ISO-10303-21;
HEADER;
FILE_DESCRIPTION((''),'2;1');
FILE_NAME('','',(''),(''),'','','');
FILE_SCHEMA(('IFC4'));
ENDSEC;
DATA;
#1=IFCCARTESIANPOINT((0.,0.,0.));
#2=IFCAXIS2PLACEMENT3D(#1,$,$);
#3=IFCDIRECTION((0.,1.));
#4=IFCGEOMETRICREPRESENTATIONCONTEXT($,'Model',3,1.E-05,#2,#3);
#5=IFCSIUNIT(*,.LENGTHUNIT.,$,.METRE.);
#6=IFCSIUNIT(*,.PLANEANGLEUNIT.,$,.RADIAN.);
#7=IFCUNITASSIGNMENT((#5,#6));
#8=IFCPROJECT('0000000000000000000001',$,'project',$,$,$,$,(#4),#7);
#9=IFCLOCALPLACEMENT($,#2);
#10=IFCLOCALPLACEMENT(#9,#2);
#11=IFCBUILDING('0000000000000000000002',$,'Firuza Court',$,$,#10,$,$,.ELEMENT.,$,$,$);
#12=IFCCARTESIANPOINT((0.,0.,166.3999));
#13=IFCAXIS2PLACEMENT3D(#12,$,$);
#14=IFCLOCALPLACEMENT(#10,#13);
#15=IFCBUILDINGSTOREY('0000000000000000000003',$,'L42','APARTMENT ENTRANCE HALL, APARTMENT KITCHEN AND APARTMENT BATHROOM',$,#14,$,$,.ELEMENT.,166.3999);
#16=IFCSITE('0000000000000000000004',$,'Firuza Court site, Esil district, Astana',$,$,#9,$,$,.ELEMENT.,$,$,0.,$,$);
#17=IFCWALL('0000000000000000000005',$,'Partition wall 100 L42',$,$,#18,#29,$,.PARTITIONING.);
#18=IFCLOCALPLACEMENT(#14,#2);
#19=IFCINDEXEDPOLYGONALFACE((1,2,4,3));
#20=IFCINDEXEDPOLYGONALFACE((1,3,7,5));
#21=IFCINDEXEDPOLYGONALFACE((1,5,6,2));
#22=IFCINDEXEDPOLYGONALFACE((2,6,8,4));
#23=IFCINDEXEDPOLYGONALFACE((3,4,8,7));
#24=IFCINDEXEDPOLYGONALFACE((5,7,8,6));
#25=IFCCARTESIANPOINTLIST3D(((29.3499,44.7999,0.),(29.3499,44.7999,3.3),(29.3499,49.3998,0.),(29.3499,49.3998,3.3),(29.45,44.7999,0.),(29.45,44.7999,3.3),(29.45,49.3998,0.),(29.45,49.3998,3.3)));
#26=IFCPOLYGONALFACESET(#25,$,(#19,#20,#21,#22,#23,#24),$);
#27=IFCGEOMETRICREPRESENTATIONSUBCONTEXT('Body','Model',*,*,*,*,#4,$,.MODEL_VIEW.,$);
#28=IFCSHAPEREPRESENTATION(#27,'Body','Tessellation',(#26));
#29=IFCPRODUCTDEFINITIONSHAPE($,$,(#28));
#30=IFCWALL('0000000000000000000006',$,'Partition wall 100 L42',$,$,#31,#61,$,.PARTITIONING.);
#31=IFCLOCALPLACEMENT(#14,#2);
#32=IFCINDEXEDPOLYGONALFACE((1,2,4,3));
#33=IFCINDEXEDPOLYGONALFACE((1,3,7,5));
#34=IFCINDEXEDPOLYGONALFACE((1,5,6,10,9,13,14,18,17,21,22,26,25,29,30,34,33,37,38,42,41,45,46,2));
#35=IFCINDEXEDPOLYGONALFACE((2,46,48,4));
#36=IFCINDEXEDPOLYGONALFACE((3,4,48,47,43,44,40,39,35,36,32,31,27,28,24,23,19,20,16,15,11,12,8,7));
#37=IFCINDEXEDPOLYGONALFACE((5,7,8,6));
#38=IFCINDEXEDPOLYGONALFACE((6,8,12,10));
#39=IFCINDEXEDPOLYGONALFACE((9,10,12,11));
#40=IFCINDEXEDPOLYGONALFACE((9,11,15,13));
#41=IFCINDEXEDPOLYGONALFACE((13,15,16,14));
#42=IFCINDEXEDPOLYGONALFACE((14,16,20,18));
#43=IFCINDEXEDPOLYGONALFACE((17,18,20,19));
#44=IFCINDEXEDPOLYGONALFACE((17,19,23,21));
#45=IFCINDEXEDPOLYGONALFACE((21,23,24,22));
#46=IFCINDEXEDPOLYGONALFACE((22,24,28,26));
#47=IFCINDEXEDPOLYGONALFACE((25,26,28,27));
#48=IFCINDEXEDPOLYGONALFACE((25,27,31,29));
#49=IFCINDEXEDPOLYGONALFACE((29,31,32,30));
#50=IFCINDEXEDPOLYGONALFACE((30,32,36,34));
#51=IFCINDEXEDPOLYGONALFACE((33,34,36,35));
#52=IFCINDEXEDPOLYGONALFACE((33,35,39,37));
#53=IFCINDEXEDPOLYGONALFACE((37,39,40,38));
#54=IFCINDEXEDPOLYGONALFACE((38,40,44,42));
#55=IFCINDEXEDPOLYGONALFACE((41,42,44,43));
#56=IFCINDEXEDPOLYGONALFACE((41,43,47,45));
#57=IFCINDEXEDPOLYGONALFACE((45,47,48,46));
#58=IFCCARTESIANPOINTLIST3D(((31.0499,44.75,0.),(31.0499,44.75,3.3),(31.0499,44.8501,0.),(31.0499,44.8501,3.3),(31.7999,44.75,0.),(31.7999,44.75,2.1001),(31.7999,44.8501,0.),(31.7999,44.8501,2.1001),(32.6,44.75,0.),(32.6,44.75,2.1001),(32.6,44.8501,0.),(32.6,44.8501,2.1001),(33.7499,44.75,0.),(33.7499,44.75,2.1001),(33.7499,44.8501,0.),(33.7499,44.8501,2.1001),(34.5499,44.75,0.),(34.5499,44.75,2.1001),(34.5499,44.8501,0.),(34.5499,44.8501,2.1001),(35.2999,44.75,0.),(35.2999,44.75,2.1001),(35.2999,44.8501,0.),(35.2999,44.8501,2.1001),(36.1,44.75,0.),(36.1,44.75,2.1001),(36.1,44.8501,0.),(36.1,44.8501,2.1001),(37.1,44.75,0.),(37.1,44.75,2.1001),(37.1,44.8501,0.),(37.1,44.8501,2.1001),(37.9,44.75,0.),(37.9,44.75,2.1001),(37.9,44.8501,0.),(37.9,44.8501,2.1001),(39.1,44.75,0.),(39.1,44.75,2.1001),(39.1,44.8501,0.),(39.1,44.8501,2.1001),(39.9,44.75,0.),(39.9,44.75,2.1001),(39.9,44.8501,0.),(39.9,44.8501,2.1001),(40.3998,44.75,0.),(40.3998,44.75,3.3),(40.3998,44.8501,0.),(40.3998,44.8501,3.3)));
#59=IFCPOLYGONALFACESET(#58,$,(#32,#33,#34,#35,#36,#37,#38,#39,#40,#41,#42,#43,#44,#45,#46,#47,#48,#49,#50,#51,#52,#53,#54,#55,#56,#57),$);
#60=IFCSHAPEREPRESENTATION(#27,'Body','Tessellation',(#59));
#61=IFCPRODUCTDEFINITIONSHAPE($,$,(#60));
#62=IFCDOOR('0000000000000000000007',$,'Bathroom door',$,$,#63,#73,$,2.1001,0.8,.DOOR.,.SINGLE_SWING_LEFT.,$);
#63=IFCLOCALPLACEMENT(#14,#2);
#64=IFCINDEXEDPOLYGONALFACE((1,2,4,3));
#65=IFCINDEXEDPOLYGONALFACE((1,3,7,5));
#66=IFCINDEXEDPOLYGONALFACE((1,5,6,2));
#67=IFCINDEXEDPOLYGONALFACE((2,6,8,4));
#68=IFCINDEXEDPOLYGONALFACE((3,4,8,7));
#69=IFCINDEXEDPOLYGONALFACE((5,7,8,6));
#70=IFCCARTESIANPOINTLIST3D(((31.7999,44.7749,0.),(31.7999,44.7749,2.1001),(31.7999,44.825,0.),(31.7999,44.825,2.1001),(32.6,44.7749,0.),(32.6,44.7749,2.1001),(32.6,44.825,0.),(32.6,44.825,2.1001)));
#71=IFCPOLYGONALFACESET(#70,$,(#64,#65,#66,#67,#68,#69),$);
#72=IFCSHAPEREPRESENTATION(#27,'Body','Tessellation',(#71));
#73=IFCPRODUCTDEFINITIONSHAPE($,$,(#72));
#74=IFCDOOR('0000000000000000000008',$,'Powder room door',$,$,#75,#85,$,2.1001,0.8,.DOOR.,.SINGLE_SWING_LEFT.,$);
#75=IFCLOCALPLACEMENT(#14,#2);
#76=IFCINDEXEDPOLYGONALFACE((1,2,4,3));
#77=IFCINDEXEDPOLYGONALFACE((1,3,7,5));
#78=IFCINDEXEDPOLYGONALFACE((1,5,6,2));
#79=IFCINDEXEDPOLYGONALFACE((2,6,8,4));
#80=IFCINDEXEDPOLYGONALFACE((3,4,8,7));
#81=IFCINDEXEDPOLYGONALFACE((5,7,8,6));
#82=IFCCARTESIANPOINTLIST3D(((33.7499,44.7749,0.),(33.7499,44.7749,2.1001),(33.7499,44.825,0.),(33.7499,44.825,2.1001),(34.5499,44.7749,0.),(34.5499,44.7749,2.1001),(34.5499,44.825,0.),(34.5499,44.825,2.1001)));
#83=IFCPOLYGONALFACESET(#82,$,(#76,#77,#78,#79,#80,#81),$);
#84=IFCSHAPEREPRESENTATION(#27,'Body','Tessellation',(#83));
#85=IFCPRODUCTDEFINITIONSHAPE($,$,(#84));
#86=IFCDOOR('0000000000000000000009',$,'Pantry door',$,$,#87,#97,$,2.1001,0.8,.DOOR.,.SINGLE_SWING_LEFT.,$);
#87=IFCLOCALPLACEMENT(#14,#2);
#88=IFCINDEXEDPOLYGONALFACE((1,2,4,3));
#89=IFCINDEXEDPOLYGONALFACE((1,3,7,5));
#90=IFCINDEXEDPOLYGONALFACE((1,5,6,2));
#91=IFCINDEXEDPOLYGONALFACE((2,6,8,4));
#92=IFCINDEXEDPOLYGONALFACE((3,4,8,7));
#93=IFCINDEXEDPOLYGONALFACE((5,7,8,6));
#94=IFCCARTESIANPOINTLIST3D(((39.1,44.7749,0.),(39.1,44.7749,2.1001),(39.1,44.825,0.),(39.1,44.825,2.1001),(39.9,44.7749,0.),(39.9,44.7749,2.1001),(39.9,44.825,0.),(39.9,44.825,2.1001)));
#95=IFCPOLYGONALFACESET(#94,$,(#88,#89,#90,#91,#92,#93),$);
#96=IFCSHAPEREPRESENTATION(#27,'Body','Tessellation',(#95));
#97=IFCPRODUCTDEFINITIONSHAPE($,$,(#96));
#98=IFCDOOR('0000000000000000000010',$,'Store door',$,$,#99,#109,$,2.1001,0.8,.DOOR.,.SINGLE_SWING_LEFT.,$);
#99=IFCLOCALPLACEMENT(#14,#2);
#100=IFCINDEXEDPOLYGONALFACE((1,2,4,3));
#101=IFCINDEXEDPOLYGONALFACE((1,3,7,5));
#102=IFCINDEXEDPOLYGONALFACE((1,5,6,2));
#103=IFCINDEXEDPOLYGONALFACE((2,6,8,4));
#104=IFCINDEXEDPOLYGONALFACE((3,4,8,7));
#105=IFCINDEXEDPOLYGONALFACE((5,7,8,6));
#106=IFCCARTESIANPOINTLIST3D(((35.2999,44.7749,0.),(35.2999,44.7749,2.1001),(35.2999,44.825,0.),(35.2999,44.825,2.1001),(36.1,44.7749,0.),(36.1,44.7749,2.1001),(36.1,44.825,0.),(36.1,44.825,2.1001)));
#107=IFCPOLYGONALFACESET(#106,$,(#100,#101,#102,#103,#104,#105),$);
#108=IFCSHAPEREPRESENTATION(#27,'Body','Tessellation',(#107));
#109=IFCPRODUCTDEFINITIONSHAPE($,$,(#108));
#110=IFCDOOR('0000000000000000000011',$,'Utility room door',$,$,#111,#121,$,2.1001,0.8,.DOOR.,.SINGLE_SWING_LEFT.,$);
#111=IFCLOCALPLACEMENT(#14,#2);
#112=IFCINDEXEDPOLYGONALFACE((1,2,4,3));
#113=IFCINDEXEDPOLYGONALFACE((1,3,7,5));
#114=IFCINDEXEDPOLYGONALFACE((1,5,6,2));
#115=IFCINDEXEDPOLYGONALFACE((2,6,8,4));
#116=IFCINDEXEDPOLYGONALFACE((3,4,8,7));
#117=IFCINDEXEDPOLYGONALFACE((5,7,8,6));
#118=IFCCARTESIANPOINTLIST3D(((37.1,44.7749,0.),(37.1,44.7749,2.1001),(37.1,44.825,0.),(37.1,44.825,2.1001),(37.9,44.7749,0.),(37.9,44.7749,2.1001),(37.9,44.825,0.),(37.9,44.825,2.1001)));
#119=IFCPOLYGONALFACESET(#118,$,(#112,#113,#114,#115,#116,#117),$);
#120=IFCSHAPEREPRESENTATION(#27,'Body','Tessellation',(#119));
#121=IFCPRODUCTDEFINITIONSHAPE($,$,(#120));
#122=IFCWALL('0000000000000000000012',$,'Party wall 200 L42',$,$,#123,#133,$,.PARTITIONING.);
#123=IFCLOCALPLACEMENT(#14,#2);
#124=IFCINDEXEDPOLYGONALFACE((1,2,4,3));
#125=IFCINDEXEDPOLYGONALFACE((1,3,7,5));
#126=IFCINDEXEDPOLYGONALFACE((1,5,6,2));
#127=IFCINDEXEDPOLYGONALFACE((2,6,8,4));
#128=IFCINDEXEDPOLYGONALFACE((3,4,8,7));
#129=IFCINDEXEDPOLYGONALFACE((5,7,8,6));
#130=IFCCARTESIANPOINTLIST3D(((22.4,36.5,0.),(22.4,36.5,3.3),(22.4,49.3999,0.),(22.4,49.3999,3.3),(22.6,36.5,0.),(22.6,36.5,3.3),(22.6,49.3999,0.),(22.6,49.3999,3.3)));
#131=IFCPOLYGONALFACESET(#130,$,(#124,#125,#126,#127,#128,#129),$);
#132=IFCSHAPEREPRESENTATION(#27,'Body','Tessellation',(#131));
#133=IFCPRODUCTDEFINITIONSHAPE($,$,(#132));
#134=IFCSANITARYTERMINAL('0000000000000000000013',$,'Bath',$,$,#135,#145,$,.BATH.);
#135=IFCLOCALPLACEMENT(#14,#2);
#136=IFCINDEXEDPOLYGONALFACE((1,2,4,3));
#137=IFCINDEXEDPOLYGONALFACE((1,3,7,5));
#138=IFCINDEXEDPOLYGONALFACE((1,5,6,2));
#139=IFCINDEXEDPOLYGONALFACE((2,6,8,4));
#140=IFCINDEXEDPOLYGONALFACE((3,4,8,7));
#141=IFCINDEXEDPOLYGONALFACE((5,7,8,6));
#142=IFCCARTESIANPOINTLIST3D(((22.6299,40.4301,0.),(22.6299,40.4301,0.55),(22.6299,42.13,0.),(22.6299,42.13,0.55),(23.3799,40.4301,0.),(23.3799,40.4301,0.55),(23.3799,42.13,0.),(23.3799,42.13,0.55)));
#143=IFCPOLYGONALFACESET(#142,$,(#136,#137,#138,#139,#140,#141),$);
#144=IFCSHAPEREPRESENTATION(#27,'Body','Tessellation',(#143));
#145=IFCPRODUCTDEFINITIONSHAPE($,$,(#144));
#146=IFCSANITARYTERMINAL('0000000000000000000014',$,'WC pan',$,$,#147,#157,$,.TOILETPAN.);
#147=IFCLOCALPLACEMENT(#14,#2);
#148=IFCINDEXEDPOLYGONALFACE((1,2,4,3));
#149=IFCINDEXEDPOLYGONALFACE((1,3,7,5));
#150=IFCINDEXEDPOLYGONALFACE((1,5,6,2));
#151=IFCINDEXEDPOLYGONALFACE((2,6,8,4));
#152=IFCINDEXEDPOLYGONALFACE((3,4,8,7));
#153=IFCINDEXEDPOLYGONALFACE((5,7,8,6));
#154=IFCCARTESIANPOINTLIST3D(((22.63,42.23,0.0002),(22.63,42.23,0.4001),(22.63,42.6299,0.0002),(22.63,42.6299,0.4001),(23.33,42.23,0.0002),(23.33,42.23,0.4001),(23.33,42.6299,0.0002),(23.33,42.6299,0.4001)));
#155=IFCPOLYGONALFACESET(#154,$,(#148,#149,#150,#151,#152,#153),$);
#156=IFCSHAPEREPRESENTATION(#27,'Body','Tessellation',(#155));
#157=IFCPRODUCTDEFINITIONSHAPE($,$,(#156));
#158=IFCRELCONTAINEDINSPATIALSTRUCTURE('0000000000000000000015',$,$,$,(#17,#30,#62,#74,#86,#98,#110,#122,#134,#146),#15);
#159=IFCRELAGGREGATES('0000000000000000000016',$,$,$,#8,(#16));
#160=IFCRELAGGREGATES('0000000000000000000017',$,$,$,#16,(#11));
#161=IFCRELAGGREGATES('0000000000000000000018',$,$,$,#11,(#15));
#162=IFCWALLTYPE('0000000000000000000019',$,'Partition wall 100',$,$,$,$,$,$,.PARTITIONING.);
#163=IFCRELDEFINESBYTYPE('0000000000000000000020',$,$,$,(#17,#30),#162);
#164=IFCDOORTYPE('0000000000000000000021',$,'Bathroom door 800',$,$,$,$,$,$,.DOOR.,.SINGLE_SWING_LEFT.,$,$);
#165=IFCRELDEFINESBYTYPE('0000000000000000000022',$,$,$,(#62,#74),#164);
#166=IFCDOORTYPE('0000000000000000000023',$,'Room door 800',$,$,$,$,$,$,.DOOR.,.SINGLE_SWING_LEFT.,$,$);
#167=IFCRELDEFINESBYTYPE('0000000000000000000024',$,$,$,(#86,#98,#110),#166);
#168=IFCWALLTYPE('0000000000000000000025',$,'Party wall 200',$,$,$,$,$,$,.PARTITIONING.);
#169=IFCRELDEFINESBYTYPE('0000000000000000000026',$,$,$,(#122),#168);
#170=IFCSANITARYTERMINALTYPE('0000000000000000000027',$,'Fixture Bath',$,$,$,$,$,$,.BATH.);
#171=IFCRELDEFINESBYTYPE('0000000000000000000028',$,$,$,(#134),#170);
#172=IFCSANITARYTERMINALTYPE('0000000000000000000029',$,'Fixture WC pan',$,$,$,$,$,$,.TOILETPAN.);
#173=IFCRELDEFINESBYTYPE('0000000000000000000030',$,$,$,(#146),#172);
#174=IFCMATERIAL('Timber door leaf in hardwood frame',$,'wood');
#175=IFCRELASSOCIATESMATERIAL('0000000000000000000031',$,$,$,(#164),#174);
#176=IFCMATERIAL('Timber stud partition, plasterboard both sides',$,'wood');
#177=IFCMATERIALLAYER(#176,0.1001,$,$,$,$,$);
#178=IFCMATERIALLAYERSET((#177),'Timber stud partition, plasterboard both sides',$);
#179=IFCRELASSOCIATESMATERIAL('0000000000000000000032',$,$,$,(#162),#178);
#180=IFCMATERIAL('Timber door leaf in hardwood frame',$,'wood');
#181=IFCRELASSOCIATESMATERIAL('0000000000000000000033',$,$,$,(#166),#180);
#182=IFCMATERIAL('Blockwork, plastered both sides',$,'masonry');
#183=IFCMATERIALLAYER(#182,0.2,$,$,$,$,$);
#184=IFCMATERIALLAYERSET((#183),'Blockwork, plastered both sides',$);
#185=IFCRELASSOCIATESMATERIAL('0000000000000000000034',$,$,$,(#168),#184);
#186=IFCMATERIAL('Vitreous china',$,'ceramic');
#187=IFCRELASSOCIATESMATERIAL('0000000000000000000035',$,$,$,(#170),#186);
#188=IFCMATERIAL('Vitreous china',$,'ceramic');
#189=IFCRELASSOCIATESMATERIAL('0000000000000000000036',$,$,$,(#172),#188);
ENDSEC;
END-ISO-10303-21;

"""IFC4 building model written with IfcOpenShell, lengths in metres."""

from ifc_helpers import new_model, si_unit, direction, frame, frame_2d, origin, origin_2d, place, context, subcontext, project, spatial, rectangle, extrude, material, layer, layer_set, type_object, element, fill, save


model = new_model("IFC4")

# Units and contexts
model_context = context("Model", 3, precision=1e-05, world=origin(), true_north=direction((0.0, 1.0)))
body_context = subcontext(model_context, "Body", "Model", "MODEL_VIEW")
ifc_project = project(units=[si_unit("LENGTHUNIT", "METRE"), si_unit("PLANEANGLEUNIT", "RADIAN")], contexts=[model_context])

# Site, building, storey
site_placement = place(None, origin())
site = spatial("IfcSite", under=ifc_project, at=site_placement, Name="Firuza Court site, Esil district, Astana", CompositionType="ELEMENT", RefElevation=0.0)
building_placement = place(site_placement, origin())
building = spatial("IfcBuilding", under=site, at=building_placement, Name="Firuza Court", CompositionType="ELEMENT")
storey_placement = place(building_placement, frame((0.0, 0.0, 166.3999)))
storey = spatial("IfcBuildingStorey", under=building, at=storey_placement, Name="L42", Description="APARTMENT ENTRANCE HALL, APARTMENT KITCHEN AND APARTMENT BATHROOM", CompositionType="ELEMENT", Elevation=166.3999)

# Shared definitions
ifc_material_1 = material(Name="Timber door leaf in hardwood frame", Category="wood")
door_type_1 = type_object("IfcDoorType", Name="Bathroom door 800", OperationType="SINGLE_SWING_LEFT", PredefinedType="DOOR", material=ifc_material_1)

# Shared definitions
ifc_material_2 = material(Name="Timber stud partition, plasterboard both sides", Category="wood")
ifc_layer_1 = layer(ifc_material_2, 0.1001)
ifc_layer_set_1 = layer_set([ifc_layer_1], Name="Timber stud partition, plasterboard both sides")
wall_type_1 = type_object("IfcWallType", Name="Partition wall 100", PredefinedType="PARTITIONING", material=ifc_layer_set_1)

# Wall
wall_1_placement = place(storey_placement, frame((29.3999, 44.8, 0.0), z_axis=(0.0, 0.0, 1.0), x_axis=(0.0, 1.0, 0.0)))
element("IfcWall", 1, at=wall_1_placement, inside=storey, type_object=wall_type_1, Name="Partition wall 100 L42", PredefinedType="PARTITIONING", context=body_context, shape_type="SweptSolid", body=[
    extrude(rectangle(XDim=4.5999, YDim=0.1001, at=frame_2d((2.2998, 0.0))), origin(), (0.0, 0.0, 1.0), 3.3),
])

# Wall, openings, doors
wall_2_placement = place(storey_placement, frame((31.05, 44.8, 0.0), z_axis=(0.0, 0.0, 1.0), x_axis=(1.0, 0.0, 0.0)))
wall_2 = element("IfcWall", 2, at=wall_2_placement, inside=storey, type_object=wall_type_1, Name="Partition wall 100 L42", PredefinedType="PARTITIONING", context=body_context, shape_type="SweptSolid", body=[
    extrude(rectangle(XDim=9.3499, YDim=0.1001, at=frame_2d((4.6748, 0.0))), origin(), (0.0, 0.0, 1.0), 3.3),
])
opening_1_placement = place(wall_2_placement, frame((0.75, 0.0, 0.0)))
opening_1 = element("IfcOpeningElement", 3, at=opening_1_placement, cuts=wall_2, PredefinedType="OPENING", context=body_context, shape_type="SweptSolid", body=[
    extrude(rectangle(XDim=0.8, YDim=2.1001, at=frame_2d((0.3999, 1.05))), frame((0.0, 0.062, 0.0), z_axis=(0.0, -1.0, 0.0), x_axis=(1.0, 0.0, 0.0)), (0.0, 0.0, 1.0), 0.124),
])
opening_2_placement = place(wall_2_placement, frame((8.05, 0.0, 0.0)))
opening_2 = element("IfcOpeningElement", 4, at=opening_2_placement, cuts=wall_2, PredefinedType="OPENING", context=body_context, shape_type="SweptSolid", body=[
    extrude(rectangle(XDim=0.8, YDim=2.1001, at=frame_2d((0.3999, 1.05))), frame((0.0, 0.062, 0.0), z_axis=(0.0, -1.0, 0.0), x_axis=(1.0, 0.0, 0.0)), (0.0, 0.0, 1.0), 0.124),
])
opening_3_placement = place(wall_2_placement, frame((4.25, 0.0, 0.0)))
opening_3 = element("IfcOpeningElement", 5, at=opening_3_placement, cuts=wall_2, PredefinedType="OPENING", context=body_context, shape_type="SweptSolid", body=[
    extrude(rectangle(XDim=0.8, YDim=2.1001, at=frame_2d((0.3999, 1.05))), frame((0.0, 0.062, 0.0), z_axis=(0.0, -1.0, 0.0), x_axis=(1.0, 0.0, 0.0)), (0.0, 0.0, 1.0), 0.124),
])
opening_4_placement = place(wall_2_placement, frame((6.05, 0.0, 0.0)))
opening_4 = element("IfcOpeningElement", 6, at=opening_4_placement, cuts=wall_2, PredefinedType="OPENING", context=body_context, shape_type="SweptSolid", body=[
    extrude(rectangle(XDim=0.8, YDim=2.1001, at=frame_2d((0.3999, 1.05))), frame((0.0, 0.062, 0.0), z_axis=(0.0, -1.0, 0.0), x_axis=(1.0, 0.0, 0.0)), (0.0, 0.0, 1.0), 0.124),
])
opening_5_placement = place(wall_2_placement, frame((2.7, 0.0, 0.0)))
opening_5 = element("IfcOpeningElement", 7, at=opening_5_placement, cuts=wall_2, PredefinedType="OPENING", context=body_context, shape_type="SweptSolid", body=[
    extrude(rectangle(XDim=0.8, YDim=2.1001, at=frame_2d((0.3999, 1.05))), frame((0.0, 0.062, 0.0), z_axis=(0.0, -1.0, 0.0), x_axis=(1.0, 0.0, 0.0)), (0.0, 0.0, 1.0), 0.124),
])
door_1_placement = place(opening_1_placement, origin())
door_1 = element("IfcDoor", 8, at=door_1_placement, inside=storey, type_object=door_type_1, Name="Bathroom door", OperationType="SINGLE_SWING_LEFT", OverallHeight=2.1001, OverallWidth=0.8, PredefinedType="DOOR", context=body_context, shape_type="SweptSolid", body=[
    extrude(rectangle(XDim=0.8, YDim=2.1001, at=frame_2d((0.3999, 1.05))), frame((0.0, 0.0249, 0.0), z_axis=(0.0, -1.0, 0.0), x_axis=(1.0, 0.0, 0.0)), (0.0, 0.0, 1.0), 0.05),
])
fill(opening_1, door_1)
door_2_placement = place(opening_5_placement, origin())
door_2 = element("IfcDoor", 9, at=door_2_placement, inside=storey, type_object=door_type_1, Name="Powder room door", OperationType="SINGLE_SWING_LEFT", OverallHeight=2.1001, OverallWidth=0.8, PredefinedType="DOOR", context=body_context, shape_type="SweptSolid", body=[
    extrude(rectangle(XDim=0.8, YDim=2.1001, at=frame_2d((0.3999, 1.05))), frame((0.0, 0.0249, 0.0), z_axis=(0.0, -1.0, 0.0), x_axis=(1.0, 0.0, 0.0)), (0.0, 0.0, 1.0), 0.05),
])
fill(opening_5, door_2)
ifc_material_3 = material(Name="Timber door leaf in hardwood frame", Category="wood")
door_type_2 = type_object("IfcDoorType", Name="Room door 800", OperationType="SINGLE_SWING_LEFT", PredefinedType="DOOR", material=ifc_material_3)
door_3_placement = place(opening_2_placement, origin())
door_3 = element("IfcDoor", 10, at=door_3_placement, inside=storey, type_object=door_type_2, Name="Pantry door", OperationType="SINGLE_SWING_LEFT", OverallHeight=2.1001, OverallWidth=0.8, PredefinedType="DOOR", context=body_context, shape_type="SweptSolid", body=[
    extrude(rectangle(XDim=0.8, YDim=2.1001, at=frame_2d((0.3999, 1.05))), frame((0.0, 0.0249, 0.0), z_axis=(0.0, -1.0, 0.0), x_axis=(1.0, 0.0, 0.0)), (0.0, 0.0, 1.0), 0.05),
])
fill(opening_2, door_3)
door_4_placement = place(opening_3_placement, origin())
door_4 = element("IfcDoor", 11, at=door_4_placement, inside=storey, type_object=door_type_2, Name="Store door", OperationType="SINGLE_SWING_LEFT", OverallHeight=2.1001, OverallWidth=0.8, PredefinedType="DOOR", context=body_context, shape_type="SweptSolid", body=[
    extrude(rectangle(XDim=0.8, YDim=2.1001, at=frame_2d((0.3999, 1.05))), frame((0.0, 0.0249, 0.0), z_axis=(0.0, -1.0, 0.0), x_axis=(1.0, 0.0, 0.0)), (0.0, 0.0, 1.0), 0.05),
])
fill(opening_3, door_4)
door_5_placement = place(opening_4_placement, origin())
door_5 = element("IfcDoor", 12, at=door_5_placement, inside=storey, type_object=door_type_2, Name="Utility room door", OperationType="SINGLE_SWING_LEFT", OverallHeight=2.1001, OverallWidth=0.8, PredefinedType="DOOR", context=body_context, shape_type="SweptSolid", body=[
    extrude(rectangle(XDim=0.8, YDim=2.1001, at=frame_2d((0.3999, 1.05))), frame((0.0, 0.0249, 0.0), z_axis=(0.0, -1.0, 0.0), x_axis=(1.0, 0.0, 0.0)), (0.0, 0.0, 1.0), 0.05),
])
fill(opening_4, door_5)

# Wall
ifc_material_4 = material(Name="Blockwork, plastered both sides", Category="masonry")
ifc_layer_2 = layer(ifc_material_4, 0.2)
ifc_layer_set_2 = layer_set([ifc_layer_2], Name="Blockwork, plastered both sides")
wall_type_2 = type_object("IfcWallType", Name="Party wall 200", PredefinedType="PARTITIONING", material=ifc_layer_set_2)
wall_3_placement = place(storey_placement, frame((22.5, 36.5, 0.0), z_axis=(0.0, 0.0, 1.0), x_axis=(0.0, 1.0, 0.0)))
element("IfcWall", 13, at=wall_3_placement, inside=storey, type_object=wall_type_2, Name="Party wall 200 L42", PredefinedType="PARTITIONING", context=body_context, shape_type="SweptSolid", body=[
    extrude(rectangle(XDim=12.8999, YDim=0.2, at=frame_2d((6.45, 0.0))), origin(), (0.0, 0.0, 1.0), 3.3),
])

# Sanitary terminals
ifc_material_5 = material(Name="Vitreous china", Category="ceramic")
sanitary_terminal_type_1 = type_object("IfcSanitaryTerminalType", Name="Fixture Bath", PredefinedType="BATH", material=ifc_material_5)
sanitary_terminal_1_placement = place(storey_placement, frame((23.0049, 41.28, 0.0), z_axis=(0.0, 0.0, 1.0), x_axis=(1.0, 0.0, 0.0)))
element("IfcSanitaryTerminal", 14, at=sanitary_terminal_1_placement, inside=storey, type_object=sanitary_terminal_type_1, Name="Bath", PredefinedType="BATH", context=body_context, shape_type="SweptSolid", body=[
    extrude(rectangle(XDim=0.75, YDim=1.7, at=origin_2d()), origin(), (0.0, 0.0, 1.0), 0.55),
])
ifc_material_6 = material(Name="Vitreous china", Category="ceramic")
sanitary_terminal_type_2 = type_object("IfcSanitaryTerminalType", Name="Fixture WC pan", PredefinedType="TOILETPAN", material=ifc_material_6)
sanitary_terminal_2_placement = place(storey_placement, frame((22.98, 42.4299, 0.0002), z_axis=(0.0, 0.0, 1.0), x_axis=(1.0, 0.0, 0.0)))
element("IfcSanitaryTerminal", 15, at=sanitary_terminal_2_placement, inside=storey, type_object=sanitary_terminal_type_2, Name="WC pan", PredefinedType="TOILETPAN", context=body_context, shape_type="SweptSolid", body=[
    extrude(rectangle(XDim=0.7, YDim=0.3999, at=origin_2d()), origin(), (0.0, 0.0, 1.0), 0.3999),
])

save(model, "model.ifc")
